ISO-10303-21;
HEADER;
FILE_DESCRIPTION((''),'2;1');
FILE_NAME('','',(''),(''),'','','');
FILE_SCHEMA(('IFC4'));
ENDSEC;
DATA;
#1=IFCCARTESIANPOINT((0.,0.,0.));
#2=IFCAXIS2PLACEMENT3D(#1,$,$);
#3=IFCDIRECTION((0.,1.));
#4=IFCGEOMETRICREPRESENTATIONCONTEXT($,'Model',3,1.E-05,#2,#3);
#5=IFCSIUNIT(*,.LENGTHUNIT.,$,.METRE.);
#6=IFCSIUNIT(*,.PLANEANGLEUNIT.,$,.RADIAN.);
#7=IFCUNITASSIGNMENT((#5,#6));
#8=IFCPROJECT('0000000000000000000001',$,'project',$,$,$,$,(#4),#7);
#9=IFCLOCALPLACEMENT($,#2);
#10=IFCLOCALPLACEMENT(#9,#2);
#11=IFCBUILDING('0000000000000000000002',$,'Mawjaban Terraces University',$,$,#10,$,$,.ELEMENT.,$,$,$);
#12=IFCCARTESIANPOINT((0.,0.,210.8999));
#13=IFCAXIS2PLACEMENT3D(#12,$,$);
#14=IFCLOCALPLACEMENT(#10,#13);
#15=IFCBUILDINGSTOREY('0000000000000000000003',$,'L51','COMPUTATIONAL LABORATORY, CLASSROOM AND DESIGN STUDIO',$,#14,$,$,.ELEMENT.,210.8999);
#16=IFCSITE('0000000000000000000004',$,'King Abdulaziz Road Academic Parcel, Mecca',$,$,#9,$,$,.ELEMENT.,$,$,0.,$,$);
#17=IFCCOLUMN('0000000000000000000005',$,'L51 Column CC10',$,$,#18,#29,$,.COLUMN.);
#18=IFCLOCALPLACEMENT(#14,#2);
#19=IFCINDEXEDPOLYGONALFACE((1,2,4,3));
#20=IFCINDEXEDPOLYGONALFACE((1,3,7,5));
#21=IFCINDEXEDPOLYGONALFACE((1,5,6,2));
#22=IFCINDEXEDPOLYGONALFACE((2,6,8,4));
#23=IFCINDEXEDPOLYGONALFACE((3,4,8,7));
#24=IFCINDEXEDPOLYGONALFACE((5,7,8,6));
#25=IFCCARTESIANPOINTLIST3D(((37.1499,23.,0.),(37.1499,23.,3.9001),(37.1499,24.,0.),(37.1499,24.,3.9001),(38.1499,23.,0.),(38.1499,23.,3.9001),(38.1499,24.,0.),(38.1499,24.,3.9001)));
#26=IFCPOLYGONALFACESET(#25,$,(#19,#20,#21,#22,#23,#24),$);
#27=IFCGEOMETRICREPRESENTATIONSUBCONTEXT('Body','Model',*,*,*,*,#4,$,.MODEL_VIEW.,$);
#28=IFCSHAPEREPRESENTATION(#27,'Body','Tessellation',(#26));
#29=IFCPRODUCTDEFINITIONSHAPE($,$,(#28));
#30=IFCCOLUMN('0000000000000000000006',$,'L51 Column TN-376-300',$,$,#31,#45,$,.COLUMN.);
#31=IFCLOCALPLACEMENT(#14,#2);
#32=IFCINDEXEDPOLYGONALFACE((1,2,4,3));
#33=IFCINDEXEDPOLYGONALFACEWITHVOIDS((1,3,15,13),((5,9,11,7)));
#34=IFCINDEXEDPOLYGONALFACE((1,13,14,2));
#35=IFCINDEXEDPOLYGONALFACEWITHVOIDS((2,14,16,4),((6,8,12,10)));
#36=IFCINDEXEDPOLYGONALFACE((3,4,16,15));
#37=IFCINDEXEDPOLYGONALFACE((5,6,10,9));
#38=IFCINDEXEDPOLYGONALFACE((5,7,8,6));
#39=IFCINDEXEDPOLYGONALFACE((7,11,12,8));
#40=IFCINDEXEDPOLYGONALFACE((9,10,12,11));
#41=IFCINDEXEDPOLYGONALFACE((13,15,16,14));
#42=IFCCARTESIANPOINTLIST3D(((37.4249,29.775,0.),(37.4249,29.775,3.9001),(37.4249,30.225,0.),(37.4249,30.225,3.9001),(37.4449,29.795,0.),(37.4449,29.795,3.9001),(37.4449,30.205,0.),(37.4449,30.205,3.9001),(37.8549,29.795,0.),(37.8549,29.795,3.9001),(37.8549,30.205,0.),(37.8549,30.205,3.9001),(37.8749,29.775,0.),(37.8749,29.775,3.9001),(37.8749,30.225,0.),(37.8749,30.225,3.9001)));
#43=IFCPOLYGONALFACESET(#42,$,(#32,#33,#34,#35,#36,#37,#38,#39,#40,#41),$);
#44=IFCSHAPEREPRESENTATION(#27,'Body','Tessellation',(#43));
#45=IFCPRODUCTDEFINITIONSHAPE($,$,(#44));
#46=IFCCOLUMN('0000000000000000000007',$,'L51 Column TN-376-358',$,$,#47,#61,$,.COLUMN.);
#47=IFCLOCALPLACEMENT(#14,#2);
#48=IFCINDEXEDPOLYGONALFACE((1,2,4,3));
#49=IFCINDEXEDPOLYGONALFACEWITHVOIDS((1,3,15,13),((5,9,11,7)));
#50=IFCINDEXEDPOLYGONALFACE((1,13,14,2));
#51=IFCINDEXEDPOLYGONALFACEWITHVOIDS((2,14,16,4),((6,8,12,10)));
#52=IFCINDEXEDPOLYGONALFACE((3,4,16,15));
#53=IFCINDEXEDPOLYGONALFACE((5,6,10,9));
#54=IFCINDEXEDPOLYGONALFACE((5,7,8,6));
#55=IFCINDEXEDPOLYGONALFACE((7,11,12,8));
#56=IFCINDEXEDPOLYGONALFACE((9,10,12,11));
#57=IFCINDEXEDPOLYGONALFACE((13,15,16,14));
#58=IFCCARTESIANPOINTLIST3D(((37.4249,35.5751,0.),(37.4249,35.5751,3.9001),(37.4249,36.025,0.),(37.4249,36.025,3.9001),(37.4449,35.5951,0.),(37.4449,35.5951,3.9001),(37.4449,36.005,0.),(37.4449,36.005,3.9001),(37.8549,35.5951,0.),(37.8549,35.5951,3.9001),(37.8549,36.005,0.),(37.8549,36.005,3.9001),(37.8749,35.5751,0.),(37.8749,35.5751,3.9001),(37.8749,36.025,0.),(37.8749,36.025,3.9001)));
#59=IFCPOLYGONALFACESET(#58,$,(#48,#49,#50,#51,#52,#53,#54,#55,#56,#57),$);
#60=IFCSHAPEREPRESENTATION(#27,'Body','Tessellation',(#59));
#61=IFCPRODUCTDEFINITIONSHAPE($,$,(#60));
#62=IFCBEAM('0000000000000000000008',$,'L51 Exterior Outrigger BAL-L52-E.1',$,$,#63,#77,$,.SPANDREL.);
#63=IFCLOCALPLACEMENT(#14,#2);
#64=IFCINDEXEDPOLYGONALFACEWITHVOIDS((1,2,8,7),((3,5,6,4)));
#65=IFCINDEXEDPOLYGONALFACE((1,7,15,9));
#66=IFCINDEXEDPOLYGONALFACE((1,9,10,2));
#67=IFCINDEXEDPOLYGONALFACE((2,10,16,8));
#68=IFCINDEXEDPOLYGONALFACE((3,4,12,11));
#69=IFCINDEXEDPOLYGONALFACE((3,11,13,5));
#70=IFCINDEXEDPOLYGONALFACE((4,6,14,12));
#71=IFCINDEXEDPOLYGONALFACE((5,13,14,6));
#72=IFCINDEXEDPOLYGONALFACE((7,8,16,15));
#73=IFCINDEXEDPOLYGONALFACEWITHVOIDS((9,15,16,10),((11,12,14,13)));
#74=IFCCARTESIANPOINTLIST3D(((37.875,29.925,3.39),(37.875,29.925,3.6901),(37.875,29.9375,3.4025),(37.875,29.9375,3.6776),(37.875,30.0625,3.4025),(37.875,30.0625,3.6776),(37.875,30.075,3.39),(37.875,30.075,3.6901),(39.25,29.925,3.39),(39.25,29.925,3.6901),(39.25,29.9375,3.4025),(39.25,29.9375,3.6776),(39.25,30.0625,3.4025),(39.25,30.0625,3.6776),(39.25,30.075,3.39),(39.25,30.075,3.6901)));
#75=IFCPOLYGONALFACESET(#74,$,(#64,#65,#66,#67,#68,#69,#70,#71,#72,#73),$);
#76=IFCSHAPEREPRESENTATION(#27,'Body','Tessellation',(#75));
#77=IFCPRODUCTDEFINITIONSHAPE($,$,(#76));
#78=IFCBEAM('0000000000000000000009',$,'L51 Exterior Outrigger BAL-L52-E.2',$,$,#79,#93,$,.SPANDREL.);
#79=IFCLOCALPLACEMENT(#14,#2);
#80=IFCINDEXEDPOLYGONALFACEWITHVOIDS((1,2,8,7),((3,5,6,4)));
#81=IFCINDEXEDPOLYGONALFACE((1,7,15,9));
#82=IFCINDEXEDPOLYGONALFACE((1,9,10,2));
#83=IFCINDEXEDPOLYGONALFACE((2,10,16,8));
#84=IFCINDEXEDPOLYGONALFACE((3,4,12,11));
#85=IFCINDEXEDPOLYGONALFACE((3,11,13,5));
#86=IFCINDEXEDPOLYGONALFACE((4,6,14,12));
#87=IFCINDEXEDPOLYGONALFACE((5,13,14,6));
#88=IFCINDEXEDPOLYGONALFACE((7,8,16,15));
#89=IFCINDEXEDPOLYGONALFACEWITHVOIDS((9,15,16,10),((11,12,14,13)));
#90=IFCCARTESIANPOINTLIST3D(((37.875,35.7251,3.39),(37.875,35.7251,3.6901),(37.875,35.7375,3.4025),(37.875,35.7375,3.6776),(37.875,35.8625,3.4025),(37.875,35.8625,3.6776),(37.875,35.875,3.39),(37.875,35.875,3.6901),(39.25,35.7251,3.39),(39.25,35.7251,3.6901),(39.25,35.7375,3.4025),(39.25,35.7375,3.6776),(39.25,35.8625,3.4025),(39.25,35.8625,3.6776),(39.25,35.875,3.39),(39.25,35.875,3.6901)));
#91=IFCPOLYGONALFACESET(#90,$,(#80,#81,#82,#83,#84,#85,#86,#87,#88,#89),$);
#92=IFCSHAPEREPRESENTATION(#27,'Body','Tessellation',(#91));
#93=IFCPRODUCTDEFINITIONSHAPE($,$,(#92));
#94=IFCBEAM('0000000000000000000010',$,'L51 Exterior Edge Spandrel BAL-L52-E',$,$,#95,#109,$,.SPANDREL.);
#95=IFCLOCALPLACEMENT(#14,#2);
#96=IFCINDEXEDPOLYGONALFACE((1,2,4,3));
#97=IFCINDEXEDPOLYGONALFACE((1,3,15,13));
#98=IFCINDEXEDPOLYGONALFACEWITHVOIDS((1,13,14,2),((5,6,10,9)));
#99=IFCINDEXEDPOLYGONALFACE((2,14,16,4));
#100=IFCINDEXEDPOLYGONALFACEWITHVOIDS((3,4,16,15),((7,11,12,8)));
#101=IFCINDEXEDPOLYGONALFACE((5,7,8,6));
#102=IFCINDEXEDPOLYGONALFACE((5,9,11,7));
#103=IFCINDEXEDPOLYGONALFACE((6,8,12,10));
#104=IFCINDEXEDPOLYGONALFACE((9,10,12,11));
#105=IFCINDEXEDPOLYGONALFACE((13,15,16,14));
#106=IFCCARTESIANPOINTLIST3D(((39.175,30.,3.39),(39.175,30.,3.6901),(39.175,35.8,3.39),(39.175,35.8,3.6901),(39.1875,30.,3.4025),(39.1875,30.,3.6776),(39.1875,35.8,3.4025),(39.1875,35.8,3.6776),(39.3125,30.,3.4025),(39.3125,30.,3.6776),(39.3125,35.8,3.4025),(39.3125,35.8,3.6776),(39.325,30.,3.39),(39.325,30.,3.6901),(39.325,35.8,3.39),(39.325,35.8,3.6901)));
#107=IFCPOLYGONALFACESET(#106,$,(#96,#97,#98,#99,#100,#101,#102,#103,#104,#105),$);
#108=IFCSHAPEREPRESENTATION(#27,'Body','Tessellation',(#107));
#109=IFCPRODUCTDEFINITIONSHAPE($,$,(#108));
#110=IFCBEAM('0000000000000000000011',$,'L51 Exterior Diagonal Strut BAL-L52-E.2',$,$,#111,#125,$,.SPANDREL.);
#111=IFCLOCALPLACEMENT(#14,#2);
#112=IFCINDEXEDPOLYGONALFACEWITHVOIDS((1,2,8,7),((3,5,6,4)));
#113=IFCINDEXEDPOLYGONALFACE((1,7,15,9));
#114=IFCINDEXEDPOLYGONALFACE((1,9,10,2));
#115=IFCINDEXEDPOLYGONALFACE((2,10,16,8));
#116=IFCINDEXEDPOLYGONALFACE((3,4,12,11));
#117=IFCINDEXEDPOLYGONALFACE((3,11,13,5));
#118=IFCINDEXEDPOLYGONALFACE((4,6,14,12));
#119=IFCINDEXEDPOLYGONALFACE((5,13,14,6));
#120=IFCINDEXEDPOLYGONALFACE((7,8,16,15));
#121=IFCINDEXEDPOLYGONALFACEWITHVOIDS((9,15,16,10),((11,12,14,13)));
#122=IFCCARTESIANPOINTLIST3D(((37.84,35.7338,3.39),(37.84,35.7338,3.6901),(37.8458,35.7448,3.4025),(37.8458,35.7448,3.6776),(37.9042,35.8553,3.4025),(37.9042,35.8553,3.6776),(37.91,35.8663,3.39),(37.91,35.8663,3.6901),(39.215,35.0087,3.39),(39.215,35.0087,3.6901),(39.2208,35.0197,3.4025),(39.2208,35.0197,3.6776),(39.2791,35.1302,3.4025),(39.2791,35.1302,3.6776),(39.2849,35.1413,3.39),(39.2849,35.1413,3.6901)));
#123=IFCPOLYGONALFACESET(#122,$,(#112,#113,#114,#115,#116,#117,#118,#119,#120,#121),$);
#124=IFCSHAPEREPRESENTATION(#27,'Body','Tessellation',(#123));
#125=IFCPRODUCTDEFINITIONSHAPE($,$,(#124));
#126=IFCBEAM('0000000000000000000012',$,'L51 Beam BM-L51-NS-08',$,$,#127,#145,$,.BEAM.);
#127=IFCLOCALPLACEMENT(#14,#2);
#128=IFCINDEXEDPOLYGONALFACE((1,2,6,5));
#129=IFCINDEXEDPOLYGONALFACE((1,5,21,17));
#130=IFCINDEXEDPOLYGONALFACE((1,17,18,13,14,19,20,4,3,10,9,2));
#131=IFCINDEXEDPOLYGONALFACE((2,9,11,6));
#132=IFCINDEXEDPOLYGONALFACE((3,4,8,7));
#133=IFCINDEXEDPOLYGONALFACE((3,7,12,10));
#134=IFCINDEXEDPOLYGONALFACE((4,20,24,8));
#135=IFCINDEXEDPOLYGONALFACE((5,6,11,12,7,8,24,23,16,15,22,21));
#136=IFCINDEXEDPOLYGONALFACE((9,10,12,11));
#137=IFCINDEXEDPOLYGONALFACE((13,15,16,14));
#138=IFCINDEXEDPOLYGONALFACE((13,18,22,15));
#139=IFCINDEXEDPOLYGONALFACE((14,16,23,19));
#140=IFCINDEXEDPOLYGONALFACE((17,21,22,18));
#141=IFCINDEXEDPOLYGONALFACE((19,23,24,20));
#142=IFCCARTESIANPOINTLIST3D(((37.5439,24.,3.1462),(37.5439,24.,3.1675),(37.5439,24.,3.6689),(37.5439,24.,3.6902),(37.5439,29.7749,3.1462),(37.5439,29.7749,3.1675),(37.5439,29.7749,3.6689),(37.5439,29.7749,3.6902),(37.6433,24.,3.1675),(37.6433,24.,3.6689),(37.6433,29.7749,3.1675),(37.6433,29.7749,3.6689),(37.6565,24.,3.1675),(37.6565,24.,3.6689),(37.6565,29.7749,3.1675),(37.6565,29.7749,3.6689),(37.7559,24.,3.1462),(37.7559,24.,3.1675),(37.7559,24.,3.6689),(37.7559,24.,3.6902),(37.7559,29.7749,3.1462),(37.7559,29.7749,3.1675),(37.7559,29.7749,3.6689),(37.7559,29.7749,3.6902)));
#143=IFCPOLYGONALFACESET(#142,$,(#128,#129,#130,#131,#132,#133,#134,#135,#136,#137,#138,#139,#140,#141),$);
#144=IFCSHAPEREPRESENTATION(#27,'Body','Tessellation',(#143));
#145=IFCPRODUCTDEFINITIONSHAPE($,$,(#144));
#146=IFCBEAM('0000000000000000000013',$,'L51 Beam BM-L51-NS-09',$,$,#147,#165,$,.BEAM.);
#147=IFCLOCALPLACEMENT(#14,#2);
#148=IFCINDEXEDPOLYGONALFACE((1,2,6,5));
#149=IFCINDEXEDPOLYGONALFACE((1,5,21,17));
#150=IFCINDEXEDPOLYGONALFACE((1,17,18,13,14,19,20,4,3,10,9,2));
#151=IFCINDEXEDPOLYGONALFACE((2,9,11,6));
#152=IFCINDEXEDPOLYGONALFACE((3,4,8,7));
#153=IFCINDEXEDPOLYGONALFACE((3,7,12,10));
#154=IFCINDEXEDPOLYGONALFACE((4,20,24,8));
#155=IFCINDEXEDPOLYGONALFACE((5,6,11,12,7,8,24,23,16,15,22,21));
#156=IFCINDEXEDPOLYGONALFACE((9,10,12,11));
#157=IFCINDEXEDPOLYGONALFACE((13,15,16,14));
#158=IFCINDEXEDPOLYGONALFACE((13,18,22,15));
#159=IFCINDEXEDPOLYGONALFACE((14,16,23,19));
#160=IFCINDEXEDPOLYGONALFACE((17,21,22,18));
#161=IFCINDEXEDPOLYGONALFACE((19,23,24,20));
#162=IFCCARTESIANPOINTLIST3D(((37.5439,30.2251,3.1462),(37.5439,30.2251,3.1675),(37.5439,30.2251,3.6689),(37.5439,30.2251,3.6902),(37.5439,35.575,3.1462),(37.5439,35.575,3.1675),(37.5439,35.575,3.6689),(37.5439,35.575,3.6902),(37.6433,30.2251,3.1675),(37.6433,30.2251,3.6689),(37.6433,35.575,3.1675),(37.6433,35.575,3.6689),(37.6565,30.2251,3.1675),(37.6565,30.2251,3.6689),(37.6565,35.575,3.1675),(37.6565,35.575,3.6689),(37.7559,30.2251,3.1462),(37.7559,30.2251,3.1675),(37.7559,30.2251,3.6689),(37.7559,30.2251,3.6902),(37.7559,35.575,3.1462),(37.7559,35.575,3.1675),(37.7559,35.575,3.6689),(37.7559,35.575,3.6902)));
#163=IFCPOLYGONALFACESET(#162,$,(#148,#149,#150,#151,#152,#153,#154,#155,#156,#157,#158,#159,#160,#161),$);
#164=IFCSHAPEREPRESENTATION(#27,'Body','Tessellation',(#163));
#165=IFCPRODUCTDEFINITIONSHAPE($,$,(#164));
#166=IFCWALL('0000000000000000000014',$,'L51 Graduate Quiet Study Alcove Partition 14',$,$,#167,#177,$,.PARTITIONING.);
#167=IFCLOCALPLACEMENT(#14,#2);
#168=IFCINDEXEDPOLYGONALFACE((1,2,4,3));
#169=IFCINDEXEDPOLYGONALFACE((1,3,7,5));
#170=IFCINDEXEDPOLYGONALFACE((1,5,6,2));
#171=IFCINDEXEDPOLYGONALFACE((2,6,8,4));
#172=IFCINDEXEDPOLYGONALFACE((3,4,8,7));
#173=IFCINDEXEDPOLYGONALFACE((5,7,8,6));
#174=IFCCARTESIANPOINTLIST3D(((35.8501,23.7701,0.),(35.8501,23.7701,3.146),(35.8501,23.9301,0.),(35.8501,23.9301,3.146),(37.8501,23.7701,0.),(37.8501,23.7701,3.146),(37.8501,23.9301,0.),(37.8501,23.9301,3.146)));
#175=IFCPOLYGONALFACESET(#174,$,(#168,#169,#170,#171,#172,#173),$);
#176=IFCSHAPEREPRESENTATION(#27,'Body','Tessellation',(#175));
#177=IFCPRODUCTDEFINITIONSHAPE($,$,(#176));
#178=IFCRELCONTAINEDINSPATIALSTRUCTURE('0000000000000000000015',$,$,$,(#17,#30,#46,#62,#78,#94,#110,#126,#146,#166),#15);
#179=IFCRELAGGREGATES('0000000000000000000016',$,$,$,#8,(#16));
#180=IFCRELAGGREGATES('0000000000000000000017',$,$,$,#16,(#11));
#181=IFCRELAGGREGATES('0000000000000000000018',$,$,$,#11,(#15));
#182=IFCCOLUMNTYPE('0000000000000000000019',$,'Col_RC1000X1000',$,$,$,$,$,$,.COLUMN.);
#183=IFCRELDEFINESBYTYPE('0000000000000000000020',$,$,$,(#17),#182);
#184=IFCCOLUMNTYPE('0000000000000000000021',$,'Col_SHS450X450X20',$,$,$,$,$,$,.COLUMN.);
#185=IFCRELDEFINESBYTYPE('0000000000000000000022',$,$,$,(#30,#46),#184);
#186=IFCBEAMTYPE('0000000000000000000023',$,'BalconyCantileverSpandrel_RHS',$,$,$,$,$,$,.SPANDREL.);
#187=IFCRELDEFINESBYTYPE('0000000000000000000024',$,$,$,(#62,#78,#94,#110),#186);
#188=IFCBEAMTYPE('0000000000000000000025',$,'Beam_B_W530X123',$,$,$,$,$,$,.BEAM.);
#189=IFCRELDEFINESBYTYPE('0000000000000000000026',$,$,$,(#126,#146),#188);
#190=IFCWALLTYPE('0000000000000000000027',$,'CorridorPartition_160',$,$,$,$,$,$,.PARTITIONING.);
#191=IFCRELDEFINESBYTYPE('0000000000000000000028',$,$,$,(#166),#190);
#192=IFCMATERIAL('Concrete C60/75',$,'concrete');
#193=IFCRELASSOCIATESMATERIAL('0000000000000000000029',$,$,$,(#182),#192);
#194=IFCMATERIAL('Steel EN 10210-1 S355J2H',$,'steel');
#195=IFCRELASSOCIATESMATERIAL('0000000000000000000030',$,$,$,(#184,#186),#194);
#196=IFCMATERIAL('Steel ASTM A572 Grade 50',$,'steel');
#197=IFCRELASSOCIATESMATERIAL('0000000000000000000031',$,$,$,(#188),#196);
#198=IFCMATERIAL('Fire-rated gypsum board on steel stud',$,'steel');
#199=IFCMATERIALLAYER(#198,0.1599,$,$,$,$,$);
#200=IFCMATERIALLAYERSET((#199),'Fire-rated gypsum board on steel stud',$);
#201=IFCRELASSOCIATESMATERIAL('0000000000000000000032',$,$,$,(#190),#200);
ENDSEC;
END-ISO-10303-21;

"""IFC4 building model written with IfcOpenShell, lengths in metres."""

from ifc_helpers import new_model, si_unit, direction, frame, frame_2d, origin, origin_2d, place, context, subcontext, project, spatial, rectangle, hollow_rectangle, i_section, extrude, material, layer, layer_set, material_profile, profile_set, type_object, element, save


model = new_model("IFC4")

# Units and contexts
model_context = context("Model", 3, precision=1e-05, world=origin(), true_north=direction((0.0, 1.0)))
body_context = subcontext(model_context, "Body", "Model", "MODEL_VIEW")
ifc_project = project(units=[si_unit("LENGTHUNIT", "METRE"), si_unit("PLANEANGLEUNIT", "RADIAN")], contexts=[model_context])

# Site, building, storey
site_placement = place(None, origin())
site = spatial("IfcSite", under=ifc_project, at=site_placement, Name="King Abdulaziz Road Academic Parcel, Mecca", CompositionType="ELEMENT", RefElevation=0.0)
building_placement = place(site_placement, origin())
building = spatial("IfcBuilding", under=site, at=building_placement, Name="Mawjaban Terraces University", CompositionType="ELEMENT")
storey_placement = place(building_placement, frame((0.0, 0.0, 210.8999)))
storey = spatial("IfcBuildingStorey", under=building, at=storey_placement, Name="L51", Description="COMPUTATIONAL LABORATORY, CLASSROOM AND DESIGN STUDIO", CompositionType="ELEMENT", Elevation=210.8999)

# Columns
ifc_material_1 = material(Name="Concrete C60/75", Category="concrete")
ifc_material_profile_1 = material_profile(ifc_material_1, rectangle(XDim=1.0, YDim=1.0, at=origin_2d()), Name="RC1000X1000")
ifc_profile_set_1 = profile_set([ifc_material_profile_1], Name="Concrete C60/75")
column_type_1 = type_object("IfcColumnType", Name="Col_RC1000X1000", PredefinedType="COLUMN", material=ifc_profile_set_1)
column_placement = place(storey_placement, frame((37.6499, 23.5, 0.0), z_axis=(0.0, 0.0, 1.0), x_axis=(1.0, 0.0, 0.0)))
element("IfcColumn", 1, at=column_placement, inside=storey, type_object=column_type_1, Name="L51 Column CC10", PredefinedType="COLUMN", context=body_context, shape_type="SweptSolid", body=[
    extrude(rectangle(XDim=1.0, YDim=1.0, at=origin_2d()), origin(), (0.0, 0.0, 1.0), 3.9001),
])
ifc_material_2 = material(Name="Steel EN 10210-1 S355J2H", Category="steel")
ifc_material_profile_2 = material_profile(ifc_material_2, hollow_rectangle(XDim=0.45, YDim=0.45, WallThickness=0.02, at=origin_2d()), Name="SHS450X450X20")
ifc_profile_set_2 = profile_set([ifc_material_profile_2], Name="Steel EN 10210-1 S355J2H")
column_type_2 = type_object("IfcColumnType", Name="Col_SHS450X450X20", PredefinedType="COLUMN", material=ifc_profile_set_2)
for number, where, z_axis, x_axis, name in (
    (2, (37.6499, 30.0, 0.0), (0.0, 0.0, 1.0), (1.0, 0.0, 0.0), "L51 Column TN-376-300"),
    (3, (37.6499, 35.8, 0.0), (0.0, 0.0, 1.0), (1.0, 0.0, 0.0), "L51 Column TN-376-358"),
):
    element("IfcColumn", number, at=place(storey_placement, frame(where, z_axis=z_axis, x_axis=x_axis)), inside=storey, type_object=column_type_2, Name=name, PredefinedType="COLUMN", context=body_context, shape_type="SweptSolid", body=[
        extrude(hollow_rectangle(XDim=0.45, YDim=0.45, WallThickness=0.02, at=origin_2d()), origin(), (0.0, 0.0, 1.0), 3.9001),
    ])

# Beams
ifc_material_profile_3 = material_profile(ifc_material_2, hollow_rectangle(XDim=0.1499, YDim=0.3, WallThickness=0.0125, at=origin_2d()), Name="RHS300X150X12.5")
ifc_profile_set_3 = profile_set([ifc_material_profile_3], Name="Steel EN 10210-1 S355J2H")
beam_type_1 = type_object("IfcBeamType", Name="BalconyCantileverSpandrel_RHS", PredefinedType="SPANDREL", material=ifc_profile_set_3)
for number, where, z_axis, x_axis, name in (
    (4, (37.875, 30.0, 3.54), (1.0, 0.0, 0.0), (0.0, 1.0, 0.0), "L51 Exterior Outrigger BAL-L52-E.1"),
    (5, (37.875, 35.8, 3.54), (1.0, 0.0, 0.0), (0.0, 1.0, 0.0), "L51 Exterior Outrigger BAL-L52-E.2"),
):
    element("IfcBeam", number, at=place(storey_placement, frame(where, z_axis=z_axis, x_axis=x_axis)), inside=storey, type_object=beam_type_1, Name=name, PredefinedType="SPANDREL", context=body_context, shape_type="SweptSolid", body=[
        extrude(hollow_rectangle(XDim=0.1499, YDim=0.3, WallThickness=0.0125, at=origin_2d()), origin(), (0.0, 0.0, 1.0), 1.375),
    ])
beam_1_placement = place(storey_placement, frame((39.25, 30.0, 3.54), z_axis=(0.0, 1.0, 0.0), x_axis=(-1.0, 0.0, 0.0)))
element("IfcBeam", 6, at=beam_1_placement, inside=storey, type_object=beam_type_1, Name="L51 Exterior Edge Spandrel BAL-L52-E", PredefinedType="SPANDREL", context=body_context, shape_type="SweptSolid", body=[
    extrude(hollow_rectangle(XDim=0.1499, YDim=0.3, WallThickness=0.0125, at=origin_2d()), origin(), (0.0, 0.0, 1.0), 5.8),
])
beam_2_placement = place(storey_placement, frame((37.875, 35.8, 3.54), z_axis=(0.884543, -0.466458, 0.0), x_axis=(0.466458, 0.884543, 0.0)))
element("IfcBeam", 7, at=beam_2_placement, inside=storey, type_object=beam_type_1, Name="L51 Exterior Diagonal Strut BAL-L52-E.2", PredefinedType="SPANDREL", context=body_context, shape_type="SweptSolid", body=[
    extrude(hollow_rectangle(XDim=0.1499, YDim=0.3, WallThickness=0.0125, at=origin_2d()), origin(), (0.0, 0.0, 1.0), 1.5544),
])
ifc_material_3 = material(Name="Steel ASTM A572 Grade 50", Category="steel")
ifc_material_profile_4 = material_profile(ifc_material_3, i_section(OverallWidth=0.2119, OverallDepth=0.5439, WebThickness=0.0132, FlangeThickness=0.0212, at=origin_2d()), Name="W530X123")
ifc_profile_set_4 = profile_set([ifc_material_profile_4], Name="Steel ASTM A572 Grade 50")
beam_type_2 = type_object("IfcBeamType", Name="Beam_B_W530X123", PredefinedType="BEAM", material=ifc_profile_set_4)
beam_3_placement = place(storey_placement, frame((37.6499, 24.0, 3.4182), z_axis=(0.0, 1.0, 0.0), x_axis=(-1.0, 0.0, 0.0)))
element("IfcBeam", 8, at=beam_3_placement, inside=storey, type_object=beam_type_2, Name="L51 Beam BM-L51-NS-08", PredefinedType="BEAM", context=body_context, shape_type="SweptSolid", body=[
    extrude(i_section(OverallWidth=0.2119, OverallDepth=0.5439, WebThickness=0.0132, FlangeThickness=0.0212, at=origin_2d()), origin(), (0.0, 0.0, 1.0), 5.7749),
])
beam_4_placement = place(storey_placement, frame((37.6499, 30.2251, 3.4182), z_axis=(0.0, 1.0, 0.0), x_axis=(-1.0, 0.0, 0.0)))
element("IfcBeam", 9, at=beam_4_placement, inside=storey, type_object=beam_type_2, Name="L51 Beam BM-L51-NS-09", PredefinedType="BEAM", context=body_context, shape_type="SweptSolid", body=[
    extrude(i_section(OverallWidth=0.2119, OverallDepth=0.5439, WebThickness=0.0132, FlangeThickness=0.0212, at=origin_2d()), origin(), (0.0, 0.0, 1.0), 5.3499),
])

# Wall
ifc_material_4 = material(Name="Fire-rated gypsum board on steel stud", Category="steel")
ifc_layer_1 = layer(ifc_material_4, 0.1599)
ifc_layer_set_1 = layer_set([ifc_layer_1], Name="Fire-rated gypsum board on steel stud")
wall_type_1 = type_object("IfcWallType", Name="CorridorPartition_160", PredefinedType="PARTITIONING", material=ifc_layer_set_1)
wall_1_placement = place(storey_placement, frame((37.8501, 23.8501, 0.0), z_axis=(0.0, 0.0, 1.0), x_axis=(-1.0, 0.0, 0.0)))
element("IfcWall", 10, at=wall_1_placement, inside=storey, type_object=wall_type_1, Name="L51 Graduate Quiet Study Alcove Partition 14", PredefinedType="PARTITIONING", context=body_context, shape_type="SweptSolid", body=[
    extrude(rectangle(XDim=2.0, YDim=0.1599, at=frame_2d((1.0, 0.0))), origin(), (0.0, 0.0, 1.0), 3.146),
])

save(model, "model.ifc")
